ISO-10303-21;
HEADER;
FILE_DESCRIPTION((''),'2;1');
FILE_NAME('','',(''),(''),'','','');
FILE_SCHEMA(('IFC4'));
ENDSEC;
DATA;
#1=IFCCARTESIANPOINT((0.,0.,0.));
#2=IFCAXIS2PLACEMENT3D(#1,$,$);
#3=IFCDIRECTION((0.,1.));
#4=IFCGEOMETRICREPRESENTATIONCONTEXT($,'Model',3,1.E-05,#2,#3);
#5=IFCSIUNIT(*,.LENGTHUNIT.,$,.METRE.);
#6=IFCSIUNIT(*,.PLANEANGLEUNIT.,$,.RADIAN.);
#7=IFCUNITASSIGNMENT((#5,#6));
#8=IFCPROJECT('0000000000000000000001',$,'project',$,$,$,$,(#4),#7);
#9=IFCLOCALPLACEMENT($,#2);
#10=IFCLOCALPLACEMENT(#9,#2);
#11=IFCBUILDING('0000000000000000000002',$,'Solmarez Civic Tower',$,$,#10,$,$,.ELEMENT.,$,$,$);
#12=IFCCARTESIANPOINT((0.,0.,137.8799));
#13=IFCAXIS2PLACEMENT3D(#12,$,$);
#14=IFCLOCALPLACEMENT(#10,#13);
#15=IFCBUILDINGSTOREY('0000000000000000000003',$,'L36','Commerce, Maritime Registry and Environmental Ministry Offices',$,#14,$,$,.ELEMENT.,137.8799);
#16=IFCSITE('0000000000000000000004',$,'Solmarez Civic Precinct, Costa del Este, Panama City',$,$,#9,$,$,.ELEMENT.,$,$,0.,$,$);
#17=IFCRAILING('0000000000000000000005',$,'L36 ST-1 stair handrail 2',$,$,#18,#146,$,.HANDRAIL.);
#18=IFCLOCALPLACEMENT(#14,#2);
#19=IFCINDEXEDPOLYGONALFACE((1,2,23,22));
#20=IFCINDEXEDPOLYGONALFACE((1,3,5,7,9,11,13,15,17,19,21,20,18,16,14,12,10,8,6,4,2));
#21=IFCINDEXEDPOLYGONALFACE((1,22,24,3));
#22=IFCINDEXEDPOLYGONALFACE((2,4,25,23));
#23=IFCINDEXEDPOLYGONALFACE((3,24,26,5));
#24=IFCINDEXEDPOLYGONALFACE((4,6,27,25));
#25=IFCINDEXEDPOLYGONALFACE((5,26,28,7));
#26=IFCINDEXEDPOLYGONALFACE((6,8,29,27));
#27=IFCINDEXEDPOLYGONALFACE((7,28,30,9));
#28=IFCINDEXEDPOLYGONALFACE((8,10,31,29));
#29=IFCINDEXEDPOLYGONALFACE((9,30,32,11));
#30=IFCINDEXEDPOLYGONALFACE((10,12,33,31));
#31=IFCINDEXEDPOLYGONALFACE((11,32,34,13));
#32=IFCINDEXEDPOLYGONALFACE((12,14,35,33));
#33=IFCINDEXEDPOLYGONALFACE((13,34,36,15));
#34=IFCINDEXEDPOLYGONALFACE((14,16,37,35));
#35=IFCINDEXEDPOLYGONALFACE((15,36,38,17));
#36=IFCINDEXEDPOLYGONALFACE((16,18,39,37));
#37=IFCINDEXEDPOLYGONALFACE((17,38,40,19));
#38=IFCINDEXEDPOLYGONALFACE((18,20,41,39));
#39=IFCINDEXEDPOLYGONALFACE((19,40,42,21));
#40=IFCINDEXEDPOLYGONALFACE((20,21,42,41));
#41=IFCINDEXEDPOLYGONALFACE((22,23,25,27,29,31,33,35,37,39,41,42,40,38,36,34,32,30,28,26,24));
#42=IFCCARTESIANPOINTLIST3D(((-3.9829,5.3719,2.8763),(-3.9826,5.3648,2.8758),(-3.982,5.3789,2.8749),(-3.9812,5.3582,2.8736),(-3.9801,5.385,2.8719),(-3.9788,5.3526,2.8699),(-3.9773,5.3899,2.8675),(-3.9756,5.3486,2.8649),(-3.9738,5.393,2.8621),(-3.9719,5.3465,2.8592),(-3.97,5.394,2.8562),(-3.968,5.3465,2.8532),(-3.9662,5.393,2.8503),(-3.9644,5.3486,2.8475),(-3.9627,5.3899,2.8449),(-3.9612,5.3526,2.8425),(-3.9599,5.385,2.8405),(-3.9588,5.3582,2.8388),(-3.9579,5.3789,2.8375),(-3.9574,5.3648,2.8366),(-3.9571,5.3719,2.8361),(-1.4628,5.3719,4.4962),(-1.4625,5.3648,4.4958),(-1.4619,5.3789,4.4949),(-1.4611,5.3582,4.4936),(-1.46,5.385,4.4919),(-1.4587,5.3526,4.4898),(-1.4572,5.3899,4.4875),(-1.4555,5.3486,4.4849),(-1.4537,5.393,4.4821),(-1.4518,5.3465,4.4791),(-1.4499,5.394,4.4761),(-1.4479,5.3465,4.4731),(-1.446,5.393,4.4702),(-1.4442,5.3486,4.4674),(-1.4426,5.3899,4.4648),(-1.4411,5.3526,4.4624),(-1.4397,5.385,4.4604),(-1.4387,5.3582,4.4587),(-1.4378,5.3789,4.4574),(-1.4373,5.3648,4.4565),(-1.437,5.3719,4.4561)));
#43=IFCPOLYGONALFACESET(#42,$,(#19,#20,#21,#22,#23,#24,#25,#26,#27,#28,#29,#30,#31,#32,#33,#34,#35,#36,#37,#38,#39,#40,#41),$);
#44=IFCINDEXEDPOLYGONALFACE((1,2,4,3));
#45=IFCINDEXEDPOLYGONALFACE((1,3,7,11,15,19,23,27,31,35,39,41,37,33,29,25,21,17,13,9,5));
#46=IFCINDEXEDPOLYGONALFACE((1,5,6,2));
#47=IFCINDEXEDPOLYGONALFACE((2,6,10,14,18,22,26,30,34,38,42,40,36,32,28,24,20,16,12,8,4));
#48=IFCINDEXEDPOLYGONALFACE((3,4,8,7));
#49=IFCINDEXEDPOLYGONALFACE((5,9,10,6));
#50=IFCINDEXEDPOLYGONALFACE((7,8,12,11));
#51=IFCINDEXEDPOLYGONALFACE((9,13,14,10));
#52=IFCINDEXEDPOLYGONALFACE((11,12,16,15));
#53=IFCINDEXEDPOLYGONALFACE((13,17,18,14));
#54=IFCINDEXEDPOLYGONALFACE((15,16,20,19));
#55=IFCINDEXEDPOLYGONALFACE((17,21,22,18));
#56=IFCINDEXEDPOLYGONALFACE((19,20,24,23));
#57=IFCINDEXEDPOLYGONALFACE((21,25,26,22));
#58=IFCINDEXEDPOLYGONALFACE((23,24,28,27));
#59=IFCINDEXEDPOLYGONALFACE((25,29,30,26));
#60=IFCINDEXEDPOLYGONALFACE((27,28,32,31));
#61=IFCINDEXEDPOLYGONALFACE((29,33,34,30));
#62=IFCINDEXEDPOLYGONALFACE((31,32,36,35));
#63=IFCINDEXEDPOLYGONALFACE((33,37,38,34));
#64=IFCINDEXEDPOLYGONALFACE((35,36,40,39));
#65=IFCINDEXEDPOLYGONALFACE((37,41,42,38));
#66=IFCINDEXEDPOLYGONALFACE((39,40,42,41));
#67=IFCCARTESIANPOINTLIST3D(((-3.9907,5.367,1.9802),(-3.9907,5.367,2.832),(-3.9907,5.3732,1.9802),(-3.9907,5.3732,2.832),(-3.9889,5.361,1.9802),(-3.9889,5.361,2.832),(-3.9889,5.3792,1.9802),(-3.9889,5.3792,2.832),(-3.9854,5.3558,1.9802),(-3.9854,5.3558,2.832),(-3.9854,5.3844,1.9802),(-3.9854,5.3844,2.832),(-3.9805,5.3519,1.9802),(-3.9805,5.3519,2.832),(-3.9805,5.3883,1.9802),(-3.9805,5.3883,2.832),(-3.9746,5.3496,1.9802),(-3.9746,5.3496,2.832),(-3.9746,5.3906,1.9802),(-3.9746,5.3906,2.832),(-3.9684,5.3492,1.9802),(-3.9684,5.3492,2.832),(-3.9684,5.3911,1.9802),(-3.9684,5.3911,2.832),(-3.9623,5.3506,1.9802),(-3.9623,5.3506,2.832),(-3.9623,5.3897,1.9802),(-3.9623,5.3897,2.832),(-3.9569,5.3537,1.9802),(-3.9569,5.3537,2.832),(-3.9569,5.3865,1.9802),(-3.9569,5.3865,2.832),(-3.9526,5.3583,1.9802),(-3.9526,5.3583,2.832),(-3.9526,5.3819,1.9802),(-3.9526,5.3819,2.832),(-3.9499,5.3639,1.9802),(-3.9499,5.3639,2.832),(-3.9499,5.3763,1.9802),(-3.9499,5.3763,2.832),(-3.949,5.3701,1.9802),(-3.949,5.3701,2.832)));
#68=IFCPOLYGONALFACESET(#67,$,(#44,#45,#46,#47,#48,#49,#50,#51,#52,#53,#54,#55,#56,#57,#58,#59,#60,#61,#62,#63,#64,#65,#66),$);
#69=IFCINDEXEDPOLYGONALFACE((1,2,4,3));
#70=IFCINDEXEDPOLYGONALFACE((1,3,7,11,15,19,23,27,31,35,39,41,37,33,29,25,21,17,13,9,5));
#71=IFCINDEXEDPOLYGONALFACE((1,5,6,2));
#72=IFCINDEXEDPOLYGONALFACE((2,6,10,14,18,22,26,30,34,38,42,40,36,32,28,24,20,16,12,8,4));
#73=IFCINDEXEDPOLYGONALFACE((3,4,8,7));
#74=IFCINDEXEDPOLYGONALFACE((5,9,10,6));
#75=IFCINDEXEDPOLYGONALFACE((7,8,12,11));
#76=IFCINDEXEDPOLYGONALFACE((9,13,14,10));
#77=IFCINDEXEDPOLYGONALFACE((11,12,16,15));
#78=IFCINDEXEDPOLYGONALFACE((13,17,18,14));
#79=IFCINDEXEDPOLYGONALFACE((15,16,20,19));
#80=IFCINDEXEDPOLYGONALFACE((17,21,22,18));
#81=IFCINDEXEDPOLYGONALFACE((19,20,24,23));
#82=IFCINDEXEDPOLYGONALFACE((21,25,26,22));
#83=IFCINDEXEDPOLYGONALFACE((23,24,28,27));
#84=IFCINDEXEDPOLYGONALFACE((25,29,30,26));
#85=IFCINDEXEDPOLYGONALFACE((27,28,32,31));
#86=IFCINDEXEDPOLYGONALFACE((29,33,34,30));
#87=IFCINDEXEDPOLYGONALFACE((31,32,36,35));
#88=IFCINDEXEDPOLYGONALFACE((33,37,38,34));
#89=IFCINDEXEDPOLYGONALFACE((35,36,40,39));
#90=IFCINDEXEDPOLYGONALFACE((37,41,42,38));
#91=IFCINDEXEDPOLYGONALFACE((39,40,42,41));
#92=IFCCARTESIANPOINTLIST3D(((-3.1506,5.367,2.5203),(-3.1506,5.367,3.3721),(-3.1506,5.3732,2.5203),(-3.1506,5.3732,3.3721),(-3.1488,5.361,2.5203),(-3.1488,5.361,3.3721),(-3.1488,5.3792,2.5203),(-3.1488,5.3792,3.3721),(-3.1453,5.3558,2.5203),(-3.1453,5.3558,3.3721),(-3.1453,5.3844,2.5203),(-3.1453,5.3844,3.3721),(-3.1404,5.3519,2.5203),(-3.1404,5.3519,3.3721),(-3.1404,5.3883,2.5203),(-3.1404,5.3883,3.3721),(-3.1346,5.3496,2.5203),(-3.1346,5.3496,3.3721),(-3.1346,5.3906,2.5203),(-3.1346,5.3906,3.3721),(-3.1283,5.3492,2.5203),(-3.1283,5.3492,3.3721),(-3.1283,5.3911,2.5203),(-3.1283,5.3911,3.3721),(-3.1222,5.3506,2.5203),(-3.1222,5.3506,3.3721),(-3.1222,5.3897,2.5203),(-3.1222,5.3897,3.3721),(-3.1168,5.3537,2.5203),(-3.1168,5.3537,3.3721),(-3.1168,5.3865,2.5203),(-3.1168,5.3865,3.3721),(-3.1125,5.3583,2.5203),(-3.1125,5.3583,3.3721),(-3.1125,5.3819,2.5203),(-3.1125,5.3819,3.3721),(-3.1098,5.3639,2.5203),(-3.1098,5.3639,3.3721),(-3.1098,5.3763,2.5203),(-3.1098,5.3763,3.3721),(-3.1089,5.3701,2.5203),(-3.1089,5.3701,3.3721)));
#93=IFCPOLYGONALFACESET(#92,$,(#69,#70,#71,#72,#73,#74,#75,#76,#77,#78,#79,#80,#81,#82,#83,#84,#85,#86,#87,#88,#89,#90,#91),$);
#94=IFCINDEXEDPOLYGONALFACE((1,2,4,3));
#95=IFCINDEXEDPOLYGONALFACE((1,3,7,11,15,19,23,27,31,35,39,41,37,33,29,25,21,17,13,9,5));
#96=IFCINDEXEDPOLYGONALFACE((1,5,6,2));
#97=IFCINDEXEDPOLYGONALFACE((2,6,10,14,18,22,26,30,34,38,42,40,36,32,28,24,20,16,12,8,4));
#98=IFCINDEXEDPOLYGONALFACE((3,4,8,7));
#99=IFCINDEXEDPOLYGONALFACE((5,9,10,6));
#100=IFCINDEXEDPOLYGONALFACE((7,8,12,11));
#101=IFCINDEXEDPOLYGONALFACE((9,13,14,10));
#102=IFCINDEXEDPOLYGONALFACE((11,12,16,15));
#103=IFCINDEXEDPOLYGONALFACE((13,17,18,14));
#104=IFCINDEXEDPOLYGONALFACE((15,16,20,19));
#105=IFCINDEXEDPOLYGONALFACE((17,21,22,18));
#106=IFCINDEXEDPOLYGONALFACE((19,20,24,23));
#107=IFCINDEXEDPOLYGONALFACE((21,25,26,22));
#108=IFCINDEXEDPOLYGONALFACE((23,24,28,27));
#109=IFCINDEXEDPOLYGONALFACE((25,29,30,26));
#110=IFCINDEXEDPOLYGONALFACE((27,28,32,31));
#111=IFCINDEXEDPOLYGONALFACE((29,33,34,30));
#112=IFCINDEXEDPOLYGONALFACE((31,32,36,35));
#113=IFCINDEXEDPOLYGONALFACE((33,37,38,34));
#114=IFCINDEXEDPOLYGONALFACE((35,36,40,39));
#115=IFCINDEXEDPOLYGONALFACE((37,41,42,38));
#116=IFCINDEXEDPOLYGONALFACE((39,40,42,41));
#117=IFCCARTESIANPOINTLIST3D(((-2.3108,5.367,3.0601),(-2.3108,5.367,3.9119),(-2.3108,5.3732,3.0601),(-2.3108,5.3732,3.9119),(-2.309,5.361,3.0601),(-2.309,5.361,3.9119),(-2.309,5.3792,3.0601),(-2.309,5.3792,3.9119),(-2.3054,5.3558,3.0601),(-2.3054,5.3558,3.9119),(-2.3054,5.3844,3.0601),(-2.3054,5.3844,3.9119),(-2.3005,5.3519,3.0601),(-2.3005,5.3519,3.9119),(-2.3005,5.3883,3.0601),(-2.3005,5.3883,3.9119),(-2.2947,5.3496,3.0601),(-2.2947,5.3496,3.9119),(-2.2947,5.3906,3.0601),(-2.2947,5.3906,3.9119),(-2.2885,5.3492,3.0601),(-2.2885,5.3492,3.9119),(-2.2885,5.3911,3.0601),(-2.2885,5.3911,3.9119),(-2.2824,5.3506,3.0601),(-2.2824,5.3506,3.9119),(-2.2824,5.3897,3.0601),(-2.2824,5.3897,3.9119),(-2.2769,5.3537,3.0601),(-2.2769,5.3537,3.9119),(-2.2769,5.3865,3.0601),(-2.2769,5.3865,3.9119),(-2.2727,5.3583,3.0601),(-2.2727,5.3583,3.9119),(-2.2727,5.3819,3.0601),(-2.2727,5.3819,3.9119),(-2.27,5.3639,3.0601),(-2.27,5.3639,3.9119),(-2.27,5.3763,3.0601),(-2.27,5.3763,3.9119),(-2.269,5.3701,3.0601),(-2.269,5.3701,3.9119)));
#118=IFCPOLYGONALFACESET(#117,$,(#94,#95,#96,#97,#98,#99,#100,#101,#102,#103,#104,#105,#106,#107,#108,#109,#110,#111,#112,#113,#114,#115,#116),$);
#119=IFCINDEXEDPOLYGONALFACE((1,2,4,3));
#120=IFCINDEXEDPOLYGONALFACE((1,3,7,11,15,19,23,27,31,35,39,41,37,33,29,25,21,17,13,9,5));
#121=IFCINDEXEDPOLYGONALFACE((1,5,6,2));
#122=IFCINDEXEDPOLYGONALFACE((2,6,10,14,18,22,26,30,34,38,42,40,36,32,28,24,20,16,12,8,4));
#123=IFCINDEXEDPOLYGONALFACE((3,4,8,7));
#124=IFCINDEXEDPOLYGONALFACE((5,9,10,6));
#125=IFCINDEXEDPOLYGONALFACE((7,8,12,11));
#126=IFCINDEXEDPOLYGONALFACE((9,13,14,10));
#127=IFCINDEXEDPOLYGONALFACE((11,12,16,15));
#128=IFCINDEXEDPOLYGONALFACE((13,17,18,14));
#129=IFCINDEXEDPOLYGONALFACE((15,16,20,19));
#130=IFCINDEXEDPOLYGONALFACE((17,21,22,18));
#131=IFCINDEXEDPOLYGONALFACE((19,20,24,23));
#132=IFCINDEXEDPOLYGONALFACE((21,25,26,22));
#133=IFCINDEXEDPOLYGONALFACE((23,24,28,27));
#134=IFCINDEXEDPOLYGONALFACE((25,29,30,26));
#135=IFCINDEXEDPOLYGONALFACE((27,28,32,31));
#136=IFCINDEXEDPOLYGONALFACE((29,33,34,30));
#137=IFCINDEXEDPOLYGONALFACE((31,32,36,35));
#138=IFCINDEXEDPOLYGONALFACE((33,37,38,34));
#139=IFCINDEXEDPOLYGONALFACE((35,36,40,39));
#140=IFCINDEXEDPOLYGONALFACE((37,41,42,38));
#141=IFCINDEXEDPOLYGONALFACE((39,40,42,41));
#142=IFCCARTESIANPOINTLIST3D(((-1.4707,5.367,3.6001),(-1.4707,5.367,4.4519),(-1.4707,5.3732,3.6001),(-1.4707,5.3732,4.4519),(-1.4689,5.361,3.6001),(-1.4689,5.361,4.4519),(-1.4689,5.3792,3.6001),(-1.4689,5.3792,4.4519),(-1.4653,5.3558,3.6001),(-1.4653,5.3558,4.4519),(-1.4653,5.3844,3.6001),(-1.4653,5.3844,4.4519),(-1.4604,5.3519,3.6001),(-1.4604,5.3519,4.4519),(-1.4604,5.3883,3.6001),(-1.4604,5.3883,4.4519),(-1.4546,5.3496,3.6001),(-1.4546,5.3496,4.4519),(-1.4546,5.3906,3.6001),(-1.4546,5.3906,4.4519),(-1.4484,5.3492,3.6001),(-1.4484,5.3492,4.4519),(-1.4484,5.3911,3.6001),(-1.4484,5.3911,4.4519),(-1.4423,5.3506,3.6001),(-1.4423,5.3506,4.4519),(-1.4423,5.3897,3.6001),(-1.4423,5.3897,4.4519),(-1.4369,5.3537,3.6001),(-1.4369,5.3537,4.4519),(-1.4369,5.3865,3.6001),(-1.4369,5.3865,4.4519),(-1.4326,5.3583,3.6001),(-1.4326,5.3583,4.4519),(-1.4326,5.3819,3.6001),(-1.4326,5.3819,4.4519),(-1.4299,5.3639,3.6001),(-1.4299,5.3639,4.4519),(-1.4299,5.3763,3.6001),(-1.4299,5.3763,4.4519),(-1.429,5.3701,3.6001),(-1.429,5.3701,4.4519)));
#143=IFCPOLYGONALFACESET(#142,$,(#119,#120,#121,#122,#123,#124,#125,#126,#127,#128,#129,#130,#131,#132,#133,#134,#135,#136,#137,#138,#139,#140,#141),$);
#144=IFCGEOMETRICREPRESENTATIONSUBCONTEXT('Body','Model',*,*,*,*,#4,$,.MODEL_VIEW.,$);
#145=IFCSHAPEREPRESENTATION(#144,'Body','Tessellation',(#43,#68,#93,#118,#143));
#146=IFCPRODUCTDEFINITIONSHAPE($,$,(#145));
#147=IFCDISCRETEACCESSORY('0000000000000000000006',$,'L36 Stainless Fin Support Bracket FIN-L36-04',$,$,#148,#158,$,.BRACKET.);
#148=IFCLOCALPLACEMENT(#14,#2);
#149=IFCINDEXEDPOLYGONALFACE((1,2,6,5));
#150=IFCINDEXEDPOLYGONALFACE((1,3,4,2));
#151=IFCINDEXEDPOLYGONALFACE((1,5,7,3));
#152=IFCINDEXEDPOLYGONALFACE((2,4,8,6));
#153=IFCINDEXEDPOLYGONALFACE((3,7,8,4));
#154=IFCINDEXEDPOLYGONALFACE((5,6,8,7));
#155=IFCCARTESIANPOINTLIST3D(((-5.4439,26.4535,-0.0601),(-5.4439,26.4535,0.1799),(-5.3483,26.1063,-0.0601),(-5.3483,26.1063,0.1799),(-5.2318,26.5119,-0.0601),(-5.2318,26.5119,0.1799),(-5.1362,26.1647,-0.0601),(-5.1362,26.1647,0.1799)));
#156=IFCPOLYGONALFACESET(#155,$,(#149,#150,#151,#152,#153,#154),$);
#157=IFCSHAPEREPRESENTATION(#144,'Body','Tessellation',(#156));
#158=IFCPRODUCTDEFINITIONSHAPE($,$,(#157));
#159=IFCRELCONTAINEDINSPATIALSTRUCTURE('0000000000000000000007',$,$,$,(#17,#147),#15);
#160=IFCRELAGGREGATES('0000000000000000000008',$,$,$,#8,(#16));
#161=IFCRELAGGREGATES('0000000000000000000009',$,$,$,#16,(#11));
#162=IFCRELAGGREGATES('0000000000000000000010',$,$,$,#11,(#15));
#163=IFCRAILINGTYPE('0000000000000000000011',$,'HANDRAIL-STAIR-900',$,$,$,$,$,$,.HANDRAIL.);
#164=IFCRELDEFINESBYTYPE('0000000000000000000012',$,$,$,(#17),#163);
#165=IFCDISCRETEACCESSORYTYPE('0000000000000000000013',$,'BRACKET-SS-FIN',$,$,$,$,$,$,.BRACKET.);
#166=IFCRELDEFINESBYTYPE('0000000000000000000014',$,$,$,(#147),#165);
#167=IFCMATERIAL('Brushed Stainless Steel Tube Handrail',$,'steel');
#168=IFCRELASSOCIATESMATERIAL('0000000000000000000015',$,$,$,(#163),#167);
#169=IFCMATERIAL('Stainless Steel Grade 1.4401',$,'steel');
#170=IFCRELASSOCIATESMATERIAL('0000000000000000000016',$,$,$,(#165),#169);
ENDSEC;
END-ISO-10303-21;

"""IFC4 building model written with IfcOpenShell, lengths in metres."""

from ifc_helpers import new_model, si_unit, direction, frame, origin, origin_2d, place, context, subcontext, project, spatial, rectangle, circle, extrude, material, type_object, element, save


model = new_model("IFC4")

# Units and contexts
model_context = context("Model", 3, precision=1e-05, world=origin(), true_north=direction((0.0, 1.0)))
body_context = subcontext(model_context, "Body", "Model", "MODEL_VIEW")
ifc_project = project(units=[si_unit("LENGTHUNIT", "METRE"), si_unit("PLANEANGLEUNIT", "RADIAN")], contexts=[model_context])

# Site, building, storey
site_placement = place(None, origin())
site = spatial("IfcSite", under=ifc_project, at=site_placement, Name="Solmarez Civic Precinct, Costa del Este, Panama City", CompositionType="ELEMENT", RefElevation=0.0)
building_placement = place(site_placement, origin())
building = spatial("IfcBuilding", under=site, at=building_placement, Name="Solmarez Civic Tower", CompositionType="ELEMENT")
storey_placement = place(building_placement, frame((0.0, 0.0, 137.8799)))
storey = spatial("IfcBuildingStorey", under=building, at=storey_placement, Name="L36", Description="Commerce, Maritime Registry and Environmental Ministry Offices", CompositionType="ELEMENT", Elevation=137.8799)

# Railing
ifc_material_1 = material(Name="Brushed Stainless Steel Tube Handrail", Category="steel")
railing_type_1 = type_object("IfcRailingType", Name="HANDRAIL-STAIR-900", PredefinedType="HANDRAIL", material=ifc_material_1)
railing_1_placement = place(storey_placement, frame((-3.97, 5.3701, 1.9802)))
element("IfcRailing", 1, at=railing_1_placement, inside=storey, type_object=railing_type_1, Name="L36 ST-1 stair handrail 2", PredefinedType="HANDRAIL", context=body_context, shape_type="SweptSolid", body=[
    extrude(circle(Radius=0.0239, at=origin_2d()), frame((0.0, 0.0, 0.876), z_axis=(0.8412, 0.0, 0.540725), x_axis=(0.0, 1.0, 0.0)), (0.0, 0.0, 1.0), 2.9958),
    extrude(circle(Radius=0.021, at=origin_2d()), origin(), (0.0, 0.0, 1.0), 0.8518),
    extrude(circle(Radius=0.021, at=origin_2d()), frame((0.8401, 0.0, 0.54)), (0.0, 0.0, 1.0), 0.8518),
    extrude(circle(Radius=0.021, at=origin_2d()), frame((1.6799, 0.0, 1.0798)), (0.0, 0.0, 1.0), 0.8518),
    extrude(circle(Radius=0.021, at=origin_2d()), frame((2.52, 0.0, 1.6199)), (0.0, 0.0, 1.0), 0.8518),
])

# Discrete accessory
ifc_material_2 = material(Name="Stainless Steel Grade 1.4401", Category="steel")
discrete_accessory_type = type_object("IfcDiscreteAccessoryType", Name="BRACKET-SS-FIN", PredefinedType="BRACKET", material=ifc_material_2)
discrete_accessory_placement = place(storey_placement, frame((-5.29, 26.3091, -0.0601), z_axis=(0.0, 0.0, 1.0), x_axis=(-0.265526, 0.964104, 0.0)))
element("IfcDiscreteAccessory", 2, at=discrete_accessory_placement, inside=storey, type_object=discrete_accessory_type, Name="L36 Stainless Fin Support Bracket FIN-L36-04", PredefinedType="BRACKET", context=body_context, shape_type="SweptSolid", body=[
    extrude(rectangle(XDim=0.3601, YDim=0.22, at=origin_2d()), origin(), (0.0, 0.0, 1.0), 0.24),
])

save(model, "model.ifc")
